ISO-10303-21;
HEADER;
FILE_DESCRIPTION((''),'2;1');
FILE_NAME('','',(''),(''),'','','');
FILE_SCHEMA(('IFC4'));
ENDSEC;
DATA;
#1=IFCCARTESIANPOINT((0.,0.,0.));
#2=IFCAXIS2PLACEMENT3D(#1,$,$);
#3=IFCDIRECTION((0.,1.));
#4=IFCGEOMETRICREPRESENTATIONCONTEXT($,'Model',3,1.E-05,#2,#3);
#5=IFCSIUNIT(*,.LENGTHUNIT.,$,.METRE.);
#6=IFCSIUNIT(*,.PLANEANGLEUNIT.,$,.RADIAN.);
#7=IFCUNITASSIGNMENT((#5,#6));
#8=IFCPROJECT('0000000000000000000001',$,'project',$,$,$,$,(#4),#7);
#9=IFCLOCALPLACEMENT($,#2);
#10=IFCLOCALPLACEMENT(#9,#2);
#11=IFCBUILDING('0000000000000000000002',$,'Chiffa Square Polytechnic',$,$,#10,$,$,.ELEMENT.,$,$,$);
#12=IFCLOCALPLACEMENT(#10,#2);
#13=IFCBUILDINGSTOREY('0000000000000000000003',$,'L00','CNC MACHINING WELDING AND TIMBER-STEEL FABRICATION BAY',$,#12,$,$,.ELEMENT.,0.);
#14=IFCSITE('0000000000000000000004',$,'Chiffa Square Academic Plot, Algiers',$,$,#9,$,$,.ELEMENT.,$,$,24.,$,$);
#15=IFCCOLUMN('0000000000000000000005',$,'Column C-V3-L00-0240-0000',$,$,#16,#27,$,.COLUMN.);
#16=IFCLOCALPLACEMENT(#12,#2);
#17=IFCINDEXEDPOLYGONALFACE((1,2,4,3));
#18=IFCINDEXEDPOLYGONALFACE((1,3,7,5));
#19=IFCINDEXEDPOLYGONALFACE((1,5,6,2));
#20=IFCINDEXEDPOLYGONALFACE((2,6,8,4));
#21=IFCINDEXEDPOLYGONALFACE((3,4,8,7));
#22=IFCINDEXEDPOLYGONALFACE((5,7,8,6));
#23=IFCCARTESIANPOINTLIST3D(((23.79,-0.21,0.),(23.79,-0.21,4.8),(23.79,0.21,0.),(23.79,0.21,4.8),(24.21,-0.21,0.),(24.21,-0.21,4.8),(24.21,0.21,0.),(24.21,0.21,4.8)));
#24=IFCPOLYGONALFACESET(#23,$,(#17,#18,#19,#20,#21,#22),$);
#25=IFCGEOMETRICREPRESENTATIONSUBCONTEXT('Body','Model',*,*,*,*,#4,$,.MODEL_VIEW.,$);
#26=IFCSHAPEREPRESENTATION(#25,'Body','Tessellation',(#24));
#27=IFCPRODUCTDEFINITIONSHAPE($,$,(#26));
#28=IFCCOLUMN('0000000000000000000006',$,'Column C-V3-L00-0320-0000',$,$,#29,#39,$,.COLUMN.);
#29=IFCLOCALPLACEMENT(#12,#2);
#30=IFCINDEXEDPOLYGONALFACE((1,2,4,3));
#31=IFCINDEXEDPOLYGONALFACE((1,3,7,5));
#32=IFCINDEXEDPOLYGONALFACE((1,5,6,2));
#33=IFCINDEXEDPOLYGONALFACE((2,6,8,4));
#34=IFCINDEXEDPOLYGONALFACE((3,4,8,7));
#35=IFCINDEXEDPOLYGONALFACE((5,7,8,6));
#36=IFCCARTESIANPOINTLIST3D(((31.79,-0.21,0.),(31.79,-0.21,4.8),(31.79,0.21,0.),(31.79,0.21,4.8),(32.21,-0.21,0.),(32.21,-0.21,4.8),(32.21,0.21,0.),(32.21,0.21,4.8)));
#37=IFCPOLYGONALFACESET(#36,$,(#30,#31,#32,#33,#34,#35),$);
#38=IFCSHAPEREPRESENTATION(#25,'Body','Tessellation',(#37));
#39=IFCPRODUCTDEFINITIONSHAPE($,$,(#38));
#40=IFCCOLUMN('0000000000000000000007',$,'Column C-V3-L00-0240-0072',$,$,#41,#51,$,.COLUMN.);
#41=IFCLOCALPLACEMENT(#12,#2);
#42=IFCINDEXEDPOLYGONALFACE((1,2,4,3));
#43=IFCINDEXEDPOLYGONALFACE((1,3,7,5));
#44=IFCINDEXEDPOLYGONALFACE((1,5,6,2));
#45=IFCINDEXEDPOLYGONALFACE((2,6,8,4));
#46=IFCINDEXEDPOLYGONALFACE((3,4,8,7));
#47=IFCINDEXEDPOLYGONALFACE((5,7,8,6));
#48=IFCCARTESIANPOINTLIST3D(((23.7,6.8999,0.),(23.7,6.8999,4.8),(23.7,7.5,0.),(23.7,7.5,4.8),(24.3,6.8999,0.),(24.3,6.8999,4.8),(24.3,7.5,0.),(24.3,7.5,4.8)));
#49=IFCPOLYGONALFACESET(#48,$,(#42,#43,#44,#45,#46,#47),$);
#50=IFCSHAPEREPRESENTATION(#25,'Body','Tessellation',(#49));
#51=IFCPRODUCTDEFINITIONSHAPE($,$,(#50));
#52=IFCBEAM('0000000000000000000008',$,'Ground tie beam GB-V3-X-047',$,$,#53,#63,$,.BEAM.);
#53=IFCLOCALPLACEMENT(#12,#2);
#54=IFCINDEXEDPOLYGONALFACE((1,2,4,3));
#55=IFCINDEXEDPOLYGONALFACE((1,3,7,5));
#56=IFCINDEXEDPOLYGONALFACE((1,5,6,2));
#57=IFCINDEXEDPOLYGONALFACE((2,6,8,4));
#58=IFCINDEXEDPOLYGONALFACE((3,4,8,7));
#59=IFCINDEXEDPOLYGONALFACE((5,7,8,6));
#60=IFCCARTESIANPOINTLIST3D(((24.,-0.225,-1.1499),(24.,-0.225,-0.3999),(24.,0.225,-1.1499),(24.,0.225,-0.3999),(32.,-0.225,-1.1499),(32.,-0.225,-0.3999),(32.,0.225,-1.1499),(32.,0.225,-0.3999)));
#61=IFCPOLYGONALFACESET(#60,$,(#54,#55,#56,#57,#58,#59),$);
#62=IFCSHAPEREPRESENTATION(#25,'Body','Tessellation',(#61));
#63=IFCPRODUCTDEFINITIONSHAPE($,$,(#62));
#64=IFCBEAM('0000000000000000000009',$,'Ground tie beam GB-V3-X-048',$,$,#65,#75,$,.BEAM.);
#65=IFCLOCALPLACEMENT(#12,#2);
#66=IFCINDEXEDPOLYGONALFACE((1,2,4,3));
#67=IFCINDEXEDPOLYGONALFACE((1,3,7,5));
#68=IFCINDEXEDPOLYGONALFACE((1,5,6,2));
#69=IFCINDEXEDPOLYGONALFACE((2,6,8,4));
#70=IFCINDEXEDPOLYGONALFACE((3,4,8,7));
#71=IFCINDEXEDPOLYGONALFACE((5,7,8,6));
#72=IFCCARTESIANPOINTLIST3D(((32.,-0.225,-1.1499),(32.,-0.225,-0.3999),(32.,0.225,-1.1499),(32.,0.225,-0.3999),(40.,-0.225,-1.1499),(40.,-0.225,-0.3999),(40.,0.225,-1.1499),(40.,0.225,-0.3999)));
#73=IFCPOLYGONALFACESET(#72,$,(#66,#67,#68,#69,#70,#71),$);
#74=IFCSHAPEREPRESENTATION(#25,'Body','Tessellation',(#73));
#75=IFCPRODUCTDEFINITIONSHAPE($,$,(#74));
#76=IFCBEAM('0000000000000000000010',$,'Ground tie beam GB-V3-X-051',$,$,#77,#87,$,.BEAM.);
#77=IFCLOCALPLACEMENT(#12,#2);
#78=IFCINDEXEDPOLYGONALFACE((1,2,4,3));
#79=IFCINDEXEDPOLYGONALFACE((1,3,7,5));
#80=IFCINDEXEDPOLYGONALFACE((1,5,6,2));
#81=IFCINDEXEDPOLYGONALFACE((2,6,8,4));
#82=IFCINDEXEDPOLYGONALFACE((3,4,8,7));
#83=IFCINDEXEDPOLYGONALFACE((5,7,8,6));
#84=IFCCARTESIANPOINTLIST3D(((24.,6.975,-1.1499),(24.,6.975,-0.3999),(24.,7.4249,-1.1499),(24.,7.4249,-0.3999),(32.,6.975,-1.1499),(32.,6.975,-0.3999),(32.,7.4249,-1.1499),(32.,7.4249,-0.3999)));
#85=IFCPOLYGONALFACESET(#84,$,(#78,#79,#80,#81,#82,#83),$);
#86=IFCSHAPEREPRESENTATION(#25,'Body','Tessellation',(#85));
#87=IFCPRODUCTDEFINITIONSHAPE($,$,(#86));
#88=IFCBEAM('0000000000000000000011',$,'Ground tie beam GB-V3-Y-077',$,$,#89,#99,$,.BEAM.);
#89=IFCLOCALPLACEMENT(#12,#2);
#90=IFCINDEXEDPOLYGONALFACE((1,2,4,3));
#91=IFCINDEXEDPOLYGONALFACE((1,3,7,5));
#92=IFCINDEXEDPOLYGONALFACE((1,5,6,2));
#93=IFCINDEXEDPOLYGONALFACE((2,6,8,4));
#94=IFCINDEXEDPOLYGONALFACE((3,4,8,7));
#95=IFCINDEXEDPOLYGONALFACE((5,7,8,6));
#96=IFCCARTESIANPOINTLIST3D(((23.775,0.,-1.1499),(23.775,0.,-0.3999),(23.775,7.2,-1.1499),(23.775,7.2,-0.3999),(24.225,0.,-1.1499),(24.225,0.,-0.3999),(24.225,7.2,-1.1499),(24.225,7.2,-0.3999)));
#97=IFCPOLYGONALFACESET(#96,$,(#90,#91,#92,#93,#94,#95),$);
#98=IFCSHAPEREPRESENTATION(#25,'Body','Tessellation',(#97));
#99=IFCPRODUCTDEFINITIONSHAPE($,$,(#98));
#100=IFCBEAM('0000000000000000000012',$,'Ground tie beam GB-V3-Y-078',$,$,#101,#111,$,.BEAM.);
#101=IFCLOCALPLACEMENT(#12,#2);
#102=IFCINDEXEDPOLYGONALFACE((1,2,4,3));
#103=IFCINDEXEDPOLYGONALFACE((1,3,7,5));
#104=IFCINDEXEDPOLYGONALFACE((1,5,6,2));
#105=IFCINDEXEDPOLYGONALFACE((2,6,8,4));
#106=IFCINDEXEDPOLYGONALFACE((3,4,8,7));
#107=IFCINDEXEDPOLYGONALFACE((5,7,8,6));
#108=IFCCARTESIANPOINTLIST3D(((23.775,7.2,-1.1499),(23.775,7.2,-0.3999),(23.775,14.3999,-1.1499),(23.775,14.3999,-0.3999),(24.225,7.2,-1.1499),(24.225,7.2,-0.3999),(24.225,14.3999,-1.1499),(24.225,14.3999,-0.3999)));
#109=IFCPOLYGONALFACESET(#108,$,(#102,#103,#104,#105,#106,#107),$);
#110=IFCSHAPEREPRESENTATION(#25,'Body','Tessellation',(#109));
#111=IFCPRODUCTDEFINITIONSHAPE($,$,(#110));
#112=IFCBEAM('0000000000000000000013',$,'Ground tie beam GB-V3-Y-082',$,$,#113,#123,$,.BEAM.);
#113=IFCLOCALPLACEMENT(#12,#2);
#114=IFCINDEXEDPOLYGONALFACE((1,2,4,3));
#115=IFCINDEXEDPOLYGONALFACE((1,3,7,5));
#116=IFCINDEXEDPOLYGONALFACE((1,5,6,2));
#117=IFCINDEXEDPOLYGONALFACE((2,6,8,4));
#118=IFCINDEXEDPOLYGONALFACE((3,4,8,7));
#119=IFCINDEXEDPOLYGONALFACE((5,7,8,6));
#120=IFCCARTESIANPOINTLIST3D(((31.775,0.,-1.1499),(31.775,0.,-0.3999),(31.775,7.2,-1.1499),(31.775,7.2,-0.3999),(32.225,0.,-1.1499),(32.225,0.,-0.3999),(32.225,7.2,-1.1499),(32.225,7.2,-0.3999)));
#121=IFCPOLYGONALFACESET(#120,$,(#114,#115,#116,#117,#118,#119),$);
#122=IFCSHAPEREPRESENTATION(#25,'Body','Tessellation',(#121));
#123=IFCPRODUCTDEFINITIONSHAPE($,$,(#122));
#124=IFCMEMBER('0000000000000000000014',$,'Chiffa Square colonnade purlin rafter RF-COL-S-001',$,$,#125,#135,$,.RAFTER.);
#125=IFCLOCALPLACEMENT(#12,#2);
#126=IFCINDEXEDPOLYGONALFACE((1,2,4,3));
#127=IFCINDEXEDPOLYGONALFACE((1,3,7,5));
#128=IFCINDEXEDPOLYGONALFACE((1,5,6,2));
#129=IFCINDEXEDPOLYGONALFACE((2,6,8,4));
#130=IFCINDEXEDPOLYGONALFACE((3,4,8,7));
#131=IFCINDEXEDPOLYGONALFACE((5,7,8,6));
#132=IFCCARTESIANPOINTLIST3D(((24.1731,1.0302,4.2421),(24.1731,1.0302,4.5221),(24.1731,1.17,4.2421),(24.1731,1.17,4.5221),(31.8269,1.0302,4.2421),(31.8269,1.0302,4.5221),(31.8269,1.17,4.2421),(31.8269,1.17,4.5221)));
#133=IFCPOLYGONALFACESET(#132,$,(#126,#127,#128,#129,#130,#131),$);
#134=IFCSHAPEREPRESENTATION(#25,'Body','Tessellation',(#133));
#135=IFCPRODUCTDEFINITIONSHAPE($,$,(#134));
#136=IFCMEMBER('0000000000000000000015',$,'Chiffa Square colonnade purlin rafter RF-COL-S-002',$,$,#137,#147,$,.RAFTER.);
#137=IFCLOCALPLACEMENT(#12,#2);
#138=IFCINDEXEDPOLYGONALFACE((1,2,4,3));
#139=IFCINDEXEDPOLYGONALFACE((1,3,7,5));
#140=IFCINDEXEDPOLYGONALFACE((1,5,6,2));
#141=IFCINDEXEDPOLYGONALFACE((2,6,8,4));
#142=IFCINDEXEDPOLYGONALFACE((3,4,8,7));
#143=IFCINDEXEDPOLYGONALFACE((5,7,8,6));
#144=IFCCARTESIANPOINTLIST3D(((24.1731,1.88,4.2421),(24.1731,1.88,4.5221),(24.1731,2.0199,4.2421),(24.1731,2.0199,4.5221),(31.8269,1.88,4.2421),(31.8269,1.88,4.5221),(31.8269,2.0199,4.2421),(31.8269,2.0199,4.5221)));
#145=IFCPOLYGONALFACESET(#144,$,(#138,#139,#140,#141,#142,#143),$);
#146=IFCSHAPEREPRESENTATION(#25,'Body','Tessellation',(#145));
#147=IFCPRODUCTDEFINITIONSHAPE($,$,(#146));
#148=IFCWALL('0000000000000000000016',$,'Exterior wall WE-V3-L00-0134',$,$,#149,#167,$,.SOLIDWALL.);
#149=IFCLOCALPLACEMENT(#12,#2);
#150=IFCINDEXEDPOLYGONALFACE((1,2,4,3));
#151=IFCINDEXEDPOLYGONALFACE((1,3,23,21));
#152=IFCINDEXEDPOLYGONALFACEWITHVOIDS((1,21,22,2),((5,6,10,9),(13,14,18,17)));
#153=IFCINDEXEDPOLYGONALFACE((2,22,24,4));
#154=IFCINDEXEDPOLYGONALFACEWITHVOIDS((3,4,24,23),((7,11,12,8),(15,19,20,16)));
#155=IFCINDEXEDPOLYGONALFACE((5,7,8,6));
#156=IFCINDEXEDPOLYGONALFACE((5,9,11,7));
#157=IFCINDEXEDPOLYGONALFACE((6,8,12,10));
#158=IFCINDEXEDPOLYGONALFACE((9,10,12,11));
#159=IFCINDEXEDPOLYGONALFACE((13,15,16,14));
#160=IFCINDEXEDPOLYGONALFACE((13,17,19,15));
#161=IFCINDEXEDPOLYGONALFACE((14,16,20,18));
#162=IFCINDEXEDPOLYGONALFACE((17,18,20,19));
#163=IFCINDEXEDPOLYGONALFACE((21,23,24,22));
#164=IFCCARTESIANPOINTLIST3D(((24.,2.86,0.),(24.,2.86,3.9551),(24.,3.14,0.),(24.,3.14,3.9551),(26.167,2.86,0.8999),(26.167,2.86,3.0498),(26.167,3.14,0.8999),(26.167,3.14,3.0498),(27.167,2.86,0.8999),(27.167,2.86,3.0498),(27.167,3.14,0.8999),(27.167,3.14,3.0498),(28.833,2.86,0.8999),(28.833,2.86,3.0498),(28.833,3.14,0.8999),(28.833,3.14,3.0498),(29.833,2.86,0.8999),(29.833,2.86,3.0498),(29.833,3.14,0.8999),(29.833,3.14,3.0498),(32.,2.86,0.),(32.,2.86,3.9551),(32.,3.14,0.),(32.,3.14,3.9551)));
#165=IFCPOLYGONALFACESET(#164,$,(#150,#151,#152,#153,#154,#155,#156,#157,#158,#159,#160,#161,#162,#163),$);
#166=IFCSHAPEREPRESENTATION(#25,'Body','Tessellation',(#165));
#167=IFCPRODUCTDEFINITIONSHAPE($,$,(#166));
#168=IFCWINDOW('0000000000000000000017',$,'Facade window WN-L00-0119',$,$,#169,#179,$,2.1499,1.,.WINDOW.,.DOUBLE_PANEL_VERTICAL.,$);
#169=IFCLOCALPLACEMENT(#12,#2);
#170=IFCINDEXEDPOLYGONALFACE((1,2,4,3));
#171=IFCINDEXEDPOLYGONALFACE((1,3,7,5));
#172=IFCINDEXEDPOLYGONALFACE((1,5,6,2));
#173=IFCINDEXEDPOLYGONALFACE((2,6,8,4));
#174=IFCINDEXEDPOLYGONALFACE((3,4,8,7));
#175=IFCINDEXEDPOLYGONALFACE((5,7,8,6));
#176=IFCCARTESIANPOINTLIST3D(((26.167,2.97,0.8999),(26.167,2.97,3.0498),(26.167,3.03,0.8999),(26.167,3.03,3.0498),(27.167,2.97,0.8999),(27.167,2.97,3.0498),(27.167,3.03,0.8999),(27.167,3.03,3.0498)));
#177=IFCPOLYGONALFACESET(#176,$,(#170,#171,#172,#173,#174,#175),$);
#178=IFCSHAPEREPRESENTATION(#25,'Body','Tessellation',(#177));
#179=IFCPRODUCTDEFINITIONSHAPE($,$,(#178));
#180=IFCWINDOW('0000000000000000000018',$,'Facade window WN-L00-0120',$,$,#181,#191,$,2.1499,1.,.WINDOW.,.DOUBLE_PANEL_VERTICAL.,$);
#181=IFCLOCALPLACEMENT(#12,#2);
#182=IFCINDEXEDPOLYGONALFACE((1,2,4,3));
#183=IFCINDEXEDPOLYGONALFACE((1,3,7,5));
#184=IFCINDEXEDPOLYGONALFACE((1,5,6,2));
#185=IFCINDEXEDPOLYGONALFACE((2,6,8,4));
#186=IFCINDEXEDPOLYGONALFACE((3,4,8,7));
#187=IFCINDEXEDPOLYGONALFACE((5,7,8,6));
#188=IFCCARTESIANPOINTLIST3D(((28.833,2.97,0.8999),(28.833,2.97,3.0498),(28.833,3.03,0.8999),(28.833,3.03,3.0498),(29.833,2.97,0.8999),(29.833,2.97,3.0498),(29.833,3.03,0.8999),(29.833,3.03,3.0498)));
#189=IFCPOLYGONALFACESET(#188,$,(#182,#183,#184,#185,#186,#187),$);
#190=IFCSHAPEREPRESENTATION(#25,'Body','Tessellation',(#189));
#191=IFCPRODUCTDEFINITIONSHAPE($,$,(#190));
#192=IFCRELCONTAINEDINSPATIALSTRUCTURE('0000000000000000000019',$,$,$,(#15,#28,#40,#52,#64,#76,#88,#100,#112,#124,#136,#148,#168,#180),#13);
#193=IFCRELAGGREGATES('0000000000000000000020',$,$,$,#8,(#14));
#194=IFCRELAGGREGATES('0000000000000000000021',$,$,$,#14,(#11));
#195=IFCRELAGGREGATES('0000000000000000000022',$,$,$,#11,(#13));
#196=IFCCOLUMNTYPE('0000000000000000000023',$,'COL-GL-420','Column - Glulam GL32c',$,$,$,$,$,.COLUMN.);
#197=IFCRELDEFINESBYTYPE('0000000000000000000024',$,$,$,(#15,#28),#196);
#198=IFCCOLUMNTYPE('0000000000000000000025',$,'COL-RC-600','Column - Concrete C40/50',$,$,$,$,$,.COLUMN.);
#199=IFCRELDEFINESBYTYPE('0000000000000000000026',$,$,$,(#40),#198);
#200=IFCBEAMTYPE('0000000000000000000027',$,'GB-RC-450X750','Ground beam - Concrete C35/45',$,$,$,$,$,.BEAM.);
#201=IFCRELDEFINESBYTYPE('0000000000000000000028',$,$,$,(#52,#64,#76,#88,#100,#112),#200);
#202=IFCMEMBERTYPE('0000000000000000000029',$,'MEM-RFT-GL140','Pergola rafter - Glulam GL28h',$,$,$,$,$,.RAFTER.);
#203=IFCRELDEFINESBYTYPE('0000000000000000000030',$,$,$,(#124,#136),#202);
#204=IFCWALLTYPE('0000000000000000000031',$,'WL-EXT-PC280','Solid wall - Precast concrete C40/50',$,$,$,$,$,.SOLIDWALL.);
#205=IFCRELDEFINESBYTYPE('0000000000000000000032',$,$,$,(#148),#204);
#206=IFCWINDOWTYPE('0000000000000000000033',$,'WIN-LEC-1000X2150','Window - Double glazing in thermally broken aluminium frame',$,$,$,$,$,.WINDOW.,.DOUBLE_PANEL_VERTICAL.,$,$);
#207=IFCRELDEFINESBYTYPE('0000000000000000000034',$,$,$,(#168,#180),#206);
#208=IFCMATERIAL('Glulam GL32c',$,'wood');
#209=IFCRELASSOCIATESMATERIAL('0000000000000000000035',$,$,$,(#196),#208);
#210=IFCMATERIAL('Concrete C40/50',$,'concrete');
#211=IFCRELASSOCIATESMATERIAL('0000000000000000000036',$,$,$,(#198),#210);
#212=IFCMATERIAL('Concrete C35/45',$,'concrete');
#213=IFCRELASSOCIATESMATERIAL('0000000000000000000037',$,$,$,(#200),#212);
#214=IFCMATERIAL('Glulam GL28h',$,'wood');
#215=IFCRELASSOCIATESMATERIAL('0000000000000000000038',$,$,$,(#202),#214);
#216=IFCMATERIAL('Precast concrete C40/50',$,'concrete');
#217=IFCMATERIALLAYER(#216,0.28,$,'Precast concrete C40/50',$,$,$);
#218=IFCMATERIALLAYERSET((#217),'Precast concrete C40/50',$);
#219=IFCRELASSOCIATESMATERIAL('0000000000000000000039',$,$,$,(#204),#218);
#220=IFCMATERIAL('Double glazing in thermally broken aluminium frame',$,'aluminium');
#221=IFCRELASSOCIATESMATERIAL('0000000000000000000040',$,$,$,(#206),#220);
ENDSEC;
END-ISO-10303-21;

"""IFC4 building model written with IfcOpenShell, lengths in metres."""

from ifc_helpers import new_model, si_unit, direction, frame, frame_2d, origin, origin_2d, place, context, subcontext, project, spatial, rectangle, extrude, material, layer, layer_set, material_profile, profile_set, type_object, element, fill, save


model = new_model("IFC4")

# Units and contexts
model_context = context("Model", 3, precision=1e-05, world=origin(), true_north=direction((0.0, 1.0)))
body_context = subcontext(model_context, "Body", "Model", "MODEL_VIEW")
ifc_project = project(units=[si_unit("LENGTHUNIT", "METRE"), si_unit("PLANEANGLEUNIT", "RADIAN")], contexts=[model_context])

# Site, building, storey
site_placement = place(None, origin())
site = spatial("IfcSite", under=ifc_project, at=site_placement, Name="Chiffa Square Academic Plot, Algiers", CompositionType="ELEMENT", RefElevation=24.0)
building_placement = place(site_placement, origin())
building = spatial("IfcBuilding", under=site, at=building_placement, Name="Chiffa Square Polytechnic", CompositionType="ELEMENT")
storey_placement = place(building_placement, origin())
storey = spatial("IfcBuildingStorey", under=building, at=storey_placement, Name="L00", Description="CNC MACHINING WELDING AND TIMBER-STEEL FABRICATION BAY", CompositionType="ELEMENT", Elevation=0.0)

# Columns
ifc_material_1 = material(Name="Glulam GL32c", Category="wood")
ifc_material_profile_1 = material_profile(ifc_material_1, rectangle(XDim=0.4199, YDim=0.4199, at=origin_2d()), Name="GL32c 420x420")
ifc_profile_set_1 = profile_set([ifc_material_profile_1], Name="Glulam GL32c")
column_type_1 = type_object("IfcColumnType", Name="COL-GL-420", Description="Column - Glulam GL32c", PredefinedType="COLUMN", material=ifc_profile_set_1)
for number, where, z_axis, x_axis, name in (
    (1, (24.0, 0.0, 0.0), (0.0, 0.0, 1.0), (1.0, 0.0, 0.0), "Column C-V3-L00-0240-0000"),
    (2, (32.0, 0.0, 0.0), (0.0, 0.0, 1.0), (1.0, 0.0, 0.0), "Column C-V3-L00-0320-0000"),
):
    element("IfcColumn", number, at=place(storey_placement, frame(where, z_axis=z_axis, x_axis=x_axis)), inside=storey, type_object=column_type_1, Name=name, PredefinedType="COLUMN", context=body_context, shape_type="SweptSolid", body=[
        extrude(rectangle(XDim=0.4199, YDim=0.4199, at=origin_2d()), origin(), (0.0, 0.0, 1.0), 4.8),
    ])
ifc_material_2 = material(Name="Concrete C40/50", Category="concrete")
ifc_material_profile_2 = material_profile(ifc_material_2, rectangle(XDim=0.6001, YDim=0.6001, at=origin_2d()), Name="RC 600x600")
ifc_profile_set_2 = profile_set([ifc_material_profile_2], Name="Concrete C40/50")
column_type_2 = type_object("IfcColumnType", Name="COL-RC-600", Description="Column - Concrete C40/50", PredefinedType="COLUMN", material=ifc_profile_set_2)
column_placement = place(storey_placement, frame((24.0, 7.2, 0.0), z_axis=(0.0, 0.0, 1.0), x_axis=(1.0, 0.0, 0.0)))
element("IfcColumn", 3, at=column_placement, inside=storey, type_object=column_type_2, Name="Column C-V3-L00-0240-0072", PredefinedType="COLUMN", context=body_context, shape_type="SweptSolid", body=[
    extrude(rectangle(XDim=0.6001, YDim=0.6001, at=origin_2d()), origin(), (0.0, 0.0, 1.0), 4.8),
])

# Beams
ifc_material_3 = material(Name="Concrete C35/45", Category="concrete")
ifc_material_profile_3 = material_profile(ifc_material_3, rectangle(XDim=0.45, YDim=0.75, at=origin_2d()), Name="RC 450x750")
ifc_profile_set_3 = profile_set([ifc_material_profile_3], Name="Concrete C35/45")
beam_type = type_object("IfcBeamType", Name="GB-RC-450X750", Description="Ground beam - Concrete C35/45", PredefinedType="BEAM", material=ifc_profile_set_3)
for number, where, z_axis, x_axis, name in (
    (4, (24.0, 0.0, -0.7749), (1.0, 0.0, 0.0), (0.0, 1.0, 0.0), "Ground tie beam GB-V3-X-047"),
    (5, (32.0, 0.0, -0.7749), (1.0, 0.0, 0.0), (0.0, 1.0, 0.0), "Ground tie beam GB-V3-X-048"),
    (6, (24.0, 7.2, -0.7749), (1.0, 0.0, 0.0), (0.0, 1.0, 0.0), "Ground tie beam GB-V3-X-051"),
):
    element("IfcBeam", number, at=place(storey_placement, frame(where, z_axis=z_axis, x_axis=x_axis)), inside=storey, type_object=beam_type, Name=name, PredefinedType="BEAM", context=body_context, shape_type="SweptSolid", body=[
        extrude(rectangle(XDim=0.45, YDim=0.75, at=origin_2d()), origin(), (0.0, 0.0, 1.0), 8.0),
    ])
for number, where, z_axis, x_axis, name in (
    (7, (24.0, 0.0, -0.7749), (0.0, 1.0, 0.0), (-1.0, 0.0, 0.0), "Ground tie beam GB-V3-Y-077"),
    (8, (24.0, 7.2, -0.7749), (0.0, 1.0, 0.0), (-1.0, 0.0, 0.0), "Ground tie beam GB-V3-Y-078"),
    (9, (32.0, 0.0, -0.7749), (0.0, 1.0, 0.0), (-1.0, 0.0, 0.0), "Ground tie beam GB-V3-Y-082"),
):
    element("IfcBeam", number, at=place(storey_placement, frame(where, z_axis=z_axis, x_axis=x_axis)), inside=storey, type_object=beam_type, Name=name, PredefinedType="BEAM", context=body_context, shape_type="SweptSolid", body=[
        extrude(rectangle(XDim=0.45, YDim=0.75, at=origin_2d()), origin(), (0.0, 0.0, 1.0), 7.2),
    ])

# Members
ifc_material_4 = material(Name="Glulam GL28h", Category="wood")
ifc_material_profile_4 = material_profile(ifc_material_4, rectangle(XDim=0.1399, YDim=0.28, at=origin_2d()), Name="GL28h 140x280")
ifc_profile_set_4 = profile_set([ifc_material_profile_4], Name="Glulam GL28h")
member_type = type_object("IfcMemberType", Name="MEM-RFT-GL140", Description="Pergola rafter - Glulam GL28h", PredefinedType="RAFTER", material=ifc_profile_set_4)
for number, where, z_axis, x_axis, name in (
    (10, (24.1731, 1.1001, 4.3821), (1.0, 0.0, 0.0), (0.0, 1.0, 0.0), "Chiffa Square colonnade purlin rafter RF-COL-S-001"),
    (11, (24.1731, 1.95, 4.3821), (1.0, 0.0, 0.0), (0.0, 1.0, 0.0), "Chiffa Square colonnade purlin rafter RF-COL-S-002"),
):
    element("IfcMember", number, at=place(storey_placement, frame(where, z_axis=z_axis, x_axis=x_axis)), inside=storey, type_object=member_type, Name=name, PredefinedType="RAFTER", context=body_context, shape_type="SweptSolid", body=[
        extrude(rectangle(XDim=0.1399, YDim=0.28, at=origin_2d()), origin(), (0.0, 0.0, 1.0), 7.6538),
    ])

# Wall, openings, windows
ifc_material_5 = material(Name="Precast concrete C40/50", Category="concrete")
ifc_layer_1 = layer(ifc_material_5, 0.28, Name="Precast concrete C40/50")
ifc_layer_set_1 = layer_set([ifc_layer_1], Name="Precast concrete C40/50")
wall_type_1 = type_object("IfcWallType", Name="WL-EXT-PC280", Description="Solid wall - Precast concrete C40/50", PredefinedType="SOLIDWALL", material=ifc_layer_set_1)
wall_1_placement = place(storey_placement, frame((24.0, 3.0, 0.0), z_axis=(0.0, 0.0, 1.0), x_axis=(1.0, 0.0, 0.0)))
wall_1 = element("IfcWall", 12, at=wall_1_placement, inside=storey, type_object=wall_type_1, Name="Exterior wall WE-V3-L00-0134", PredefinedType="SOLIDWALL", context=body_context, shape_type="SweptSolid", body=[
    extrude(rectangle(XDim=8.0, YDim=0.28, at=frame_2d((4.0, 0.0))), origin(), (0.0, 0.0, 1.0), 3.9551),
])
opening_1_placement = place(wall_1_placement, frame((2.167, 0.0, 0.8999)))
opening_1 = element("IfcOpeningElement", 13, at=opening_1_placement, cuts=wall_1, PredefinedType="OPENING", context=body_context, shape_type="SweptSolid", body=[
    extrude(rectangle(XDim=1.0, YDim=2.1499, at=frame_2d((0.5, 1.075))), frame((0.0, 0.1499, 0.0), z_axis=(0.0, -1.0, 0.0), x_axis=(1.0, 0.0, 0.0)), (0.0, 0.0, 1.0), 0.3),
])
opening_2_placement = place(wall_1_placement, frame((4.833, 0.0, 0.8999)))
opening_2 = element("IfcOpeningElement", 14, at=opening_2_placement, cuts=wall_1, PredefinedType="OPENING", context=body_context, shape_type="SweptSolid", body=[
    extrude(rectangle(XDim=1.0, YDim=2.1499, at=frame_2d((0.5, 1.075))), frame((0.0, 0.1499, 0.0), z_axis=(0.0, -1.0, 0.0), x_axis=(1.0, 0.0, 0.0)), (0.0, 0.0, 1.0), 0.3),
])
ifc_material_6 = material(Name="Double glazing in thermally broken aluminium frame", Category="aluminium")
window_type = type_object("IfcWindowType", Name="WIN-LEC-1000X2150", Description="Window - Double glazing in thermally broken aluminium frame", PartitioningType="DOUBLE_PANEL_VERTICAL", PredefinedType="WINDOW", material=ifc_material_6)
window_1_placement = place(opening_1_placement, origin())
window_1 = element("IfcWindow", 15, at=window_1_placement, inside=storey, type_object=window_type, Name="Facade window WN-L00-0119", OverallHeight=2.1499, OverallWidth=1.0, PartitioningType="DOUBLE_PANEL_VERTICAL", PredefinedType="WINDOW", context=body_context, shape_type="SweptSolid", body=[
    extrude(rectangle(XDim=1.0, YDim=2.1499, at=frame_2d((0.5, 1.075))), frame((0.0, 0.03, 0.0), z_axis=(0.0, -1.0, 0.0), x_axis=(1.0, 0.0, 0.0)), (0.0, 0.0, 1.0), 0.0601),
])
fill(opening_1, window_1)
window_2_placement = place(opening_2_placement, origin())
window_2 = element("IfcWindow", 16, at=window_2_placement, inside=storey, type_object=window_type, Name="Facade window WN-L00-0120", OverallHeight=2.1499, OverallWidth=1.0, PartitioningType="DOUBLE_PANEL_VERTICAL", PredefinedType="WINDOW", context=body_context, shape_type="SweptSolid", body=[
    extrude(rectangle(XDim=1.0, YDim=2.1499, at=frame_2d((0.5, 1.075))), frame((0.0, 0.03, 0.0), z_axis=(0.0, -1.0, 0.0), x_axis=(1.0, 0.0, 0.0)), (0.0, 0.0, 1.0), 0.0601),
])
fill(opening_2, window_2)

save(model, "model.ifc")
